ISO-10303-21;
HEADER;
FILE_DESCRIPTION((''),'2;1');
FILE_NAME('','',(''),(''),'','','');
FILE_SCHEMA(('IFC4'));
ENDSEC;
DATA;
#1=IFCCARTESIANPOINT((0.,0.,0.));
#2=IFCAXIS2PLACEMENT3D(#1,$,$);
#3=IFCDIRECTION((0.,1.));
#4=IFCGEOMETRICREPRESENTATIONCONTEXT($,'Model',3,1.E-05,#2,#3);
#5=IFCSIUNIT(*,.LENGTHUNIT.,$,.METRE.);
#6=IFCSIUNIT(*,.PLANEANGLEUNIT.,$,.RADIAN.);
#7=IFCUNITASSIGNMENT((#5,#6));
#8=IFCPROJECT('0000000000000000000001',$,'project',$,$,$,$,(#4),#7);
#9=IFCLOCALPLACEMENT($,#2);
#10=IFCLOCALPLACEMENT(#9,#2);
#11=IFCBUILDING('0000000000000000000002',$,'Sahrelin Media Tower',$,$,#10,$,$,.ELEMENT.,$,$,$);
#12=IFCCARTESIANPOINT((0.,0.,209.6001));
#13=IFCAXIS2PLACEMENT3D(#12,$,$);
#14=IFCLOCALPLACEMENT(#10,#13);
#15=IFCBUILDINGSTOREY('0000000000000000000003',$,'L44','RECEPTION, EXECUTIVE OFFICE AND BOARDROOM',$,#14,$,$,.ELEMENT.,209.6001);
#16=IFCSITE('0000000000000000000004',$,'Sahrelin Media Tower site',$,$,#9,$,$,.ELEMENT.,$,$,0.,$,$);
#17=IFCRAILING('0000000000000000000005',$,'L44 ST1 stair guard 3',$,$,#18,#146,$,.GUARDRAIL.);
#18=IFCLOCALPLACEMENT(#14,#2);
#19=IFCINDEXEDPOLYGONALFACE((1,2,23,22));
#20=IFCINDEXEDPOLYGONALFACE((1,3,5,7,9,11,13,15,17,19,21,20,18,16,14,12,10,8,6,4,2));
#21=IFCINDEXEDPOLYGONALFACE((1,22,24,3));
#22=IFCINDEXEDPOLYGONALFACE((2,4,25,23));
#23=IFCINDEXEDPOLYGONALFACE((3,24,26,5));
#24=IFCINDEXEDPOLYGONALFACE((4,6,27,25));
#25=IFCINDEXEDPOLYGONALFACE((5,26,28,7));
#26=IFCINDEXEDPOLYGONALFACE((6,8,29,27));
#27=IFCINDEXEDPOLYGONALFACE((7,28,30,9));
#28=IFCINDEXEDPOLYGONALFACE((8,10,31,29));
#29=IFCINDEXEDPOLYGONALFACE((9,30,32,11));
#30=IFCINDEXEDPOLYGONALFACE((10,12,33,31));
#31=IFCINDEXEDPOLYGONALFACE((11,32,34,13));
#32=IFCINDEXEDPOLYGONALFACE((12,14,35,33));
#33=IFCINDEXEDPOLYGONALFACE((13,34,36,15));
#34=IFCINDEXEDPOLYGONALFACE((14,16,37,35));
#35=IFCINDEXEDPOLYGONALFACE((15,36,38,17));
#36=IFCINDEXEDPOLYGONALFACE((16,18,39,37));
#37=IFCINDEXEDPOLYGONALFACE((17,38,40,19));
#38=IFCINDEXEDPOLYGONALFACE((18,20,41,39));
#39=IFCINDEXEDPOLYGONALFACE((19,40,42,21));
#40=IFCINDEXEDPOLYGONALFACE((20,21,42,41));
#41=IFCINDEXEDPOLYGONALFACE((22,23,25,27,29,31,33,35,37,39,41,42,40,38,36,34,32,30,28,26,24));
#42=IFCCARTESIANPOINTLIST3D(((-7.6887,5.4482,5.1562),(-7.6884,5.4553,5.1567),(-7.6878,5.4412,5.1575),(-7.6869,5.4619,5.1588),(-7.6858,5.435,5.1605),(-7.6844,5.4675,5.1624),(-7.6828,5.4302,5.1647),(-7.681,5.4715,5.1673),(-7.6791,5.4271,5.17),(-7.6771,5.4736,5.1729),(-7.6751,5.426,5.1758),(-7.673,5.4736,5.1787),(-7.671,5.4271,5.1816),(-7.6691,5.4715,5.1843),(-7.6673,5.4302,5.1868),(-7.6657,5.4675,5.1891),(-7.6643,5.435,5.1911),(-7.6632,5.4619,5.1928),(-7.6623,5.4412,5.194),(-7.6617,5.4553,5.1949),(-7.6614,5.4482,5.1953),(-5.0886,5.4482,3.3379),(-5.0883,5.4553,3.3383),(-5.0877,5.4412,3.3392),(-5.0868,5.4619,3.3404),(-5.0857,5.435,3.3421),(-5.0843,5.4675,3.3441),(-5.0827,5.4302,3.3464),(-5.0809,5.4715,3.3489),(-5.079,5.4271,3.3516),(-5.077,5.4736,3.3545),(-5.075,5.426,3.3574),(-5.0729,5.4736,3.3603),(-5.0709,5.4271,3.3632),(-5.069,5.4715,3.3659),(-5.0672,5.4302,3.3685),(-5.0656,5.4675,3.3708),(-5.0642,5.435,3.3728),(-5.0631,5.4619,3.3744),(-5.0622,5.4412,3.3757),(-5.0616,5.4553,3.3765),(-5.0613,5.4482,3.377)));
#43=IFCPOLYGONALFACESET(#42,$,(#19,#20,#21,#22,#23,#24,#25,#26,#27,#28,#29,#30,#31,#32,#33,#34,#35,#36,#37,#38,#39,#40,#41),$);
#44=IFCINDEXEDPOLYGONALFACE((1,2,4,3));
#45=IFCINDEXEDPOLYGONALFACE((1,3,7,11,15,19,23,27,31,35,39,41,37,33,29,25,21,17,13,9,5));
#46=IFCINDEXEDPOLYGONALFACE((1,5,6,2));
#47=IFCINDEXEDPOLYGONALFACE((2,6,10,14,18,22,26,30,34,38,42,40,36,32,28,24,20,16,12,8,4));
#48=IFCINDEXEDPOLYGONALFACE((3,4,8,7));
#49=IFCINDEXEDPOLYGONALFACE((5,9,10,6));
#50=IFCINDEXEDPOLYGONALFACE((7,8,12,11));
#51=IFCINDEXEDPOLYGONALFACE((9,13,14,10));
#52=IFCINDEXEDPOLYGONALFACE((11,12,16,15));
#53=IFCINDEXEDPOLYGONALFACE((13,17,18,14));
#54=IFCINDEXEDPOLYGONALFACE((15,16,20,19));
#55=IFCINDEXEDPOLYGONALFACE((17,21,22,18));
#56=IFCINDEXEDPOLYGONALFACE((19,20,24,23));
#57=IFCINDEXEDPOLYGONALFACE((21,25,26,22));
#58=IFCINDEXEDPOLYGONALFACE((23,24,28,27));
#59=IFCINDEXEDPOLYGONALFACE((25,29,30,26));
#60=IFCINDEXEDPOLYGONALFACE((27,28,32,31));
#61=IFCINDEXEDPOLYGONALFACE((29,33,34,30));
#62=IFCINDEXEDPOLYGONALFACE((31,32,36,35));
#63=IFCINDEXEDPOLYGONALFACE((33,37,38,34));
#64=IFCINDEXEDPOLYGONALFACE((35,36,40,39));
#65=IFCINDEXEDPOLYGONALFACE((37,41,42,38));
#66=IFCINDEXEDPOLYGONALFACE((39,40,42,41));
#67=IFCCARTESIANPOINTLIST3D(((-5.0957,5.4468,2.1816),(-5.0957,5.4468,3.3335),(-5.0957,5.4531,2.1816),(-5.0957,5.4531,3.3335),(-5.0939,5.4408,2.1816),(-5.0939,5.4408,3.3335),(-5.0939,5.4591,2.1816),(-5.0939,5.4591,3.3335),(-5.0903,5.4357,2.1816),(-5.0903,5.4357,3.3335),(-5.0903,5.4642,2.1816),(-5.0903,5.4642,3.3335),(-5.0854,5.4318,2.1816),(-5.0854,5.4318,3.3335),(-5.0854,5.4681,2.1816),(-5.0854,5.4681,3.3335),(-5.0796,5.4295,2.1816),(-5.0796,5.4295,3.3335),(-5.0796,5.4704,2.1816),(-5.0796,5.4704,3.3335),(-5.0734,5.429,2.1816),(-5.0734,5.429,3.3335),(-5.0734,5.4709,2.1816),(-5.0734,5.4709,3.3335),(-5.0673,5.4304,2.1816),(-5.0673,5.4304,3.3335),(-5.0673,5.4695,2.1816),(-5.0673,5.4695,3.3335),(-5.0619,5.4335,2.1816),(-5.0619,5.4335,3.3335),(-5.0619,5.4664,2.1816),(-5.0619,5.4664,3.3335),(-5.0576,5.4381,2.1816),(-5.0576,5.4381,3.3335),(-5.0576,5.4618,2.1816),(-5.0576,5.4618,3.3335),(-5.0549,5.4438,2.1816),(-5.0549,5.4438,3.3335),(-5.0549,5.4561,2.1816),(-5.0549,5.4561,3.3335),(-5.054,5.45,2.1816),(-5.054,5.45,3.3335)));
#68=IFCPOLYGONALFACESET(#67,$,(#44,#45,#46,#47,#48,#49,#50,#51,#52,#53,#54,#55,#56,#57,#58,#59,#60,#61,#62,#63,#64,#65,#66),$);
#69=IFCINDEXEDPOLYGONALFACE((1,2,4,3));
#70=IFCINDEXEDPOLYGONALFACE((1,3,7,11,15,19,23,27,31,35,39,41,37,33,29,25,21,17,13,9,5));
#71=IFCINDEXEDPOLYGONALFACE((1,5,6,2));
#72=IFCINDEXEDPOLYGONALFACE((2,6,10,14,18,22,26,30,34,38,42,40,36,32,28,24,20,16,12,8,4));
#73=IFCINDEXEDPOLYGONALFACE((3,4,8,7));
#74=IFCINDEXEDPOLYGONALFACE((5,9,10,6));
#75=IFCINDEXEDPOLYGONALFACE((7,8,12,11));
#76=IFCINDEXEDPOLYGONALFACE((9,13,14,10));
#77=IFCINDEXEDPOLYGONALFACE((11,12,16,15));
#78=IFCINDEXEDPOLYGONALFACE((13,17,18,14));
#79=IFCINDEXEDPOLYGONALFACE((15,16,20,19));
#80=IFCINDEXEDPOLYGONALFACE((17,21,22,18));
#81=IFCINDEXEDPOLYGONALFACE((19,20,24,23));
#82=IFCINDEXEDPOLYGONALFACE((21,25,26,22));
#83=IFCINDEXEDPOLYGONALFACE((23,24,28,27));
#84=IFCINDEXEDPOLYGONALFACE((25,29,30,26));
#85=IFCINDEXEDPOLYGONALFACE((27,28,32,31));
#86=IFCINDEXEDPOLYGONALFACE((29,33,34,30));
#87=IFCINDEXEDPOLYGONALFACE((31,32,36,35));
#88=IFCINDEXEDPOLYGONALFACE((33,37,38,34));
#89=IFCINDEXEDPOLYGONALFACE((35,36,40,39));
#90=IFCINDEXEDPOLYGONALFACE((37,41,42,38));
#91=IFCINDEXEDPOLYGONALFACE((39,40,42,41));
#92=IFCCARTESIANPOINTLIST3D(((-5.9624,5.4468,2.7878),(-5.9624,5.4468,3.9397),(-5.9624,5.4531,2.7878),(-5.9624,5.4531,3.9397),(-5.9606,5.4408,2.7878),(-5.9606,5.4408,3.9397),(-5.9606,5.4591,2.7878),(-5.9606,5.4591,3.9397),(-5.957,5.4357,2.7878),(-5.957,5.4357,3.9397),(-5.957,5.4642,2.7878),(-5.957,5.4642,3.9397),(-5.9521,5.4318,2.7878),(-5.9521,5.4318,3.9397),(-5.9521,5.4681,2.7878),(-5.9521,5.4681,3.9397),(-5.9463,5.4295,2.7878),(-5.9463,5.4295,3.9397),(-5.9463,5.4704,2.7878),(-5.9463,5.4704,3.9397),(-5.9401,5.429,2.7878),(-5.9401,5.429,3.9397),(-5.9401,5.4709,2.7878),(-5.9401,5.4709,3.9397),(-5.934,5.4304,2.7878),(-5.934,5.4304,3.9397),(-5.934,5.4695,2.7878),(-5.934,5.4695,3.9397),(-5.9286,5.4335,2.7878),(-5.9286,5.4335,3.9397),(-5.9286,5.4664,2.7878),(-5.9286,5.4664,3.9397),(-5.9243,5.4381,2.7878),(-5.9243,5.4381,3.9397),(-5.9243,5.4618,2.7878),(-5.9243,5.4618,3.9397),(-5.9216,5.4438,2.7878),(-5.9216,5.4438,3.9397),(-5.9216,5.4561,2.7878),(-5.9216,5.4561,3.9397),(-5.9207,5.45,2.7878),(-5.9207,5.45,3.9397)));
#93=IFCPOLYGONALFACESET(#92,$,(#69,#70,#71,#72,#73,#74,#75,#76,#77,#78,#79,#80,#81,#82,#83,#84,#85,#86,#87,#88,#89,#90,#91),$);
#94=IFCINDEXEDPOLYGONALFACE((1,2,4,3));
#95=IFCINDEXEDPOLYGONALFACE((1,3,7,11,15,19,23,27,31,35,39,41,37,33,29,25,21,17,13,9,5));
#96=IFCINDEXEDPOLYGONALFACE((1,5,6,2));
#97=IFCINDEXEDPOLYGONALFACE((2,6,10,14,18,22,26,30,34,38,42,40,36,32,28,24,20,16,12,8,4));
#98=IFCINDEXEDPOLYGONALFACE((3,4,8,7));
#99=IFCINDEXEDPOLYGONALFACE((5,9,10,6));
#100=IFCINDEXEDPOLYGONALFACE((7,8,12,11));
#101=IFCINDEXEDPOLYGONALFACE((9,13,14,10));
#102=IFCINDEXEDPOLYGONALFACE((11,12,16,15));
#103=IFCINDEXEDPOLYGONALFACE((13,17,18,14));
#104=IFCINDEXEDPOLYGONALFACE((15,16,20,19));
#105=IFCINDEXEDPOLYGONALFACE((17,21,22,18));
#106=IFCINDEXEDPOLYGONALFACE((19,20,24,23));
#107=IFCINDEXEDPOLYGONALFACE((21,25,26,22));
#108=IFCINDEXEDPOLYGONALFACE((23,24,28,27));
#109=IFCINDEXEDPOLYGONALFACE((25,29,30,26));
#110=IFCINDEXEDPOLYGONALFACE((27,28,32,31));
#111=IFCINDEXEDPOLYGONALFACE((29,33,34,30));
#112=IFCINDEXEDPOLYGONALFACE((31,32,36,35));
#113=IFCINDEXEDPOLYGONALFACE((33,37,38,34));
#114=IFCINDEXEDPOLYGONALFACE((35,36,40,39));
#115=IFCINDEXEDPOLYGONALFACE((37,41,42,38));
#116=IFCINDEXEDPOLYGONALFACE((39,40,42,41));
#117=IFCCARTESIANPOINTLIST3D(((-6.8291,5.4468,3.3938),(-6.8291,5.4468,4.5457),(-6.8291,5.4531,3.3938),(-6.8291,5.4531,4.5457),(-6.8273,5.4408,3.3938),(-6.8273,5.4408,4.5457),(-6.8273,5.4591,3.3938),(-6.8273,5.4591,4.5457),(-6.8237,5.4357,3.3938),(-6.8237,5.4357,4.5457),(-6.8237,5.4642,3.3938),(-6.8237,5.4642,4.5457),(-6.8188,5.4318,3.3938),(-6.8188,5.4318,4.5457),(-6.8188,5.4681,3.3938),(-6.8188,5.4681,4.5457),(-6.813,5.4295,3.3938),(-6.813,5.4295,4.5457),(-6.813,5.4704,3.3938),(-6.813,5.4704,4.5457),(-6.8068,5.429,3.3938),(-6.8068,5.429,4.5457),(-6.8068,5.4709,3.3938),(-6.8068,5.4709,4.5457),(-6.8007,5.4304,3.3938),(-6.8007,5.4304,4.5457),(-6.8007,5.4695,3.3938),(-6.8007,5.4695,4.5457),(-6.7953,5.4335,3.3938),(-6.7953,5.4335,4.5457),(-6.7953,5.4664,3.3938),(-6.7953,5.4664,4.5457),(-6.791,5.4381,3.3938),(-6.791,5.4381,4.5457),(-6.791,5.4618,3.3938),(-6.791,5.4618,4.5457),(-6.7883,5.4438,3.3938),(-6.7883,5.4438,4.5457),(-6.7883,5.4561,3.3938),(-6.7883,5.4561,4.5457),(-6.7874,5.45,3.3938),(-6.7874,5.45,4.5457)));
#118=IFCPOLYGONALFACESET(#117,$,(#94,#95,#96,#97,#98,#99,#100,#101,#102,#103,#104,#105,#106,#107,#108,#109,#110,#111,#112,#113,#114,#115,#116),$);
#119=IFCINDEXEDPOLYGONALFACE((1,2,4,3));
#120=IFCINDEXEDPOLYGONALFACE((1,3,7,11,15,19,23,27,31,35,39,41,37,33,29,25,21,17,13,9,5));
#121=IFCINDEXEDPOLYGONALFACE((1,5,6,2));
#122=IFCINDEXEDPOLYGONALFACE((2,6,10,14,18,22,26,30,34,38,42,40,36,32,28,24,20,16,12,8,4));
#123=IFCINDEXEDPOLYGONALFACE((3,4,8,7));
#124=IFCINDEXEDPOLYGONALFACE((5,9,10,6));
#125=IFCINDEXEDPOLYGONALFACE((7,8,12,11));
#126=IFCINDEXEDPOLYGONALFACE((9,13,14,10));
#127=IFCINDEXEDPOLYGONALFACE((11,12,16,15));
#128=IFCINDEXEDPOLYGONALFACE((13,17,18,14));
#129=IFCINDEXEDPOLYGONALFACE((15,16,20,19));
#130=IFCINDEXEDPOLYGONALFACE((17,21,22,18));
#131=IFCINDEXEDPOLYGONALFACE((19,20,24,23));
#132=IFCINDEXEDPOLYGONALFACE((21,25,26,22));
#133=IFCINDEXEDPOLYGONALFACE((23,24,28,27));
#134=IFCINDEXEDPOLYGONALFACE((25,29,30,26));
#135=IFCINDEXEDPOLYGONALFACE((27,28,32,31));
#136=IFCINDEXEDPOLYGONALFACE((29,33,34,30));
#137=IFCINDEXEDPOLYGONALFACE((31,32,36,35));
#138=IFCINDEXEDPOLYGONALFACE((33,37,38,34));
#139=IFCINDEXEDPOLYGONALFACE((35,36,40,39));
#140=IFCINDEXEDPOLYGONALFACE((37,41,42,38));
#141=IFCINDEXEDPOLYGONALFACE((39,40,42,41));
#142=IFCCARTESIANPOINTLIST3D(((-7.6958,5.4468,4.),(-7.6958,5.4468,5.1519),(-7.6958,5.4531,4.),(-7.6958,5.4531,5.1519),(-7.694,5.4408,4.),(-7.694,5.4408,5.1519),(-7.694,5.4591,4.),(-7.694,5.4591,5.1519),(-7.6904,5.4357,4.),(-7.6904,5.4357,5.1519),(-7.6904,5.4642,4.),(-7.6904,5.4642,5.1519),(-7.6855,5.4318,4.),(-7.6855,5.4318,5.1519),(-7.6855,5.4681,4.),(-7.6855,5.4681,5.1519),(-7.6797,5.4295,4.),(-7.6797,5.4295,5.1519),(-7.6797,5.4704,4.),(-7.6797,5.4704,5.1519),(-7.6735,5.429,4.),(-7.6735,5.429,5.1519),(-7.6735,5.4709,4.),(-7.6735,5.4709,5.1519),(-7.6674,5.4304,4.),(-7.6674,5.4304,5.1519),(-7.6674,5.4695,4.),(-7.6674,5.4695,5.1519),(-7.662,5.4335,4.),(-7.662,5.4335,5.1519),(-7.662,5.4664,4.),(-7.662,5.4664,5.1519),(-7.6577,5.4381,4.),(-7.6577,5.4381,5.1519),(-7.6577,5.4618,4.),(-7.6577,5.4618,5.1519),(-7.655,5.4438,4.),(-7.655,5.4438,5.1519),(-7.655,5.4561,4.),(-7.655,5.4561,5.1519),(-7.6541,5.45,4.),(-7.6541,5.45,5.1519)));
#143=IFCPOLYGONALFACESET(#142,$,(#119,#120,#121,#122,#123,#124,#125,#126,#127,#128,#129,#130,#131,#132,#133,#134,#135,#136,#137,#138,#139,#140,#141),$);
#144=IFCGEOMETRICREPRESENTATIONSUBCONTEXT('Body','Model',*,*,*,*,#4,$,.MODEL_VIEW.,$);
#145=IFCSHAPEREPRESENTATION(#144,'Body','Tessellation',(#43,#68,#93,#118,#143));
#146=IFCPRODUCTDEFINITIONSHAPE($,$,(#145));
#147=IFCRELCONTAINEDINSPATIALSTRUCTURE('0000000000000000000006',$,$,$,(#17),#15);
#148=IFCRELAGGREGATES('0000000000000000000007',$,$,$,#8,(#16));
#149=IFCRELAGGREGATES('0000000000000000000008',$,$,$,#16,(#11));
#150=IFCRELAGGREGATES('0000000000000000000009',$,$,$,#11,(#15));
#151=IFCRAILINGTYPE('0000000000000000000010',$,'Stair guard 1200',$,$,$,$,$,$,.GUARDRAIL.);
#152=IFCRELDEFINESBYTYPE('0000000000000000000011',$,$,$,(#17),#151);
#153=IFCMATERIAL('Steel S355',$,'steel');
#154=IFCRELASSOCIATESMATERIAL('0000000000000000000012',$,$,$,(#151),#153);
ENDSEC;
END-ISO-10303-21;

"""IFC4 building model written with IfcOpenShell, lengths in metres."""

from ifc_helpers import new_model, si_unit, direction, frame, origin, origin_2d, place, context, subcontext, project, spatial, circle, extrude, material, type_object, element, save


model = new_model("IFC4")

# Units and contexts
model_context = context("Model", 3, precision=1e-05, world=origin(), true_north=direction((0.0, 1.0)))
body_context = subcontext(model_context, "Body", "Model", "MODEL_VIEW")
ifc_project = project(units=[si_unit("LENGTHUNIT", "METRE"), si_unit("PLANEANGLEUNIT", "RADIAN")], contexts=[model_context])

# Site, building, storey
site_placement = place(None, origin())
site = spatial("IfcSite", under=ifc_project, at=site_placement, Name="Sahrelin Media Tower site", CompositionType="ELEMENT", RefElevation=0.0)
building_placement = place(site_placement, origin())
building = spatial("IfcBuilding", under=site, at=building_placement, Name="Sahrelin Media Tower", CompositionType="ELEMENT")
storey_placement = place(building_placement, frame((0.0, 0.0, 209.6001)))
storey = spatial("IfcBuildingStorey", under=building, at=storey_placement, Name="L44", Description="RECEPTION, EXECUTIVE OFFICE AND BOARDROOM", CompositionType="ELEMENT", Elevation=209.6001)

# Shared definitions
ifc_material_1 = material(Name="Steel S355", Category="steel")

# Railing
railing_type_1 = type_object("IfcRailingType", Name="Stair guard 1200", PredefinedType="GUARDRAIL", material=ifc_material_1)
railing_1_placement = place(storey_placement, frame((-5.075, 5.45, 2.1816)))
element("IfcRailing", 1, at=railing_1_placement, inside=storey, type_object=railing_type_1, Name="L44 ST1 stair guard 3", PredefinedType="GUARDRAIL", context=body_context, shape_type="SweptSolid", body=[
    extrude(circle(Radius=0.0239, at=origin_2d()), frame((0.0, 0.0, 1.1758), z_axis=(-0.819485, 0.0, 0.573101), x_axis=(0.0, -1.0, 0.0)), (0.0, 0.0, 1.0), 3.1729),
    extrude(circle(Radius=0.021, at=origin_2d()), origin(), (0.0, 0.0, 1.0), 1.1519),
    extrude(circle(Radius=0.021, at=origin_2d()), frame((-0.8667, 0.0, 0.6062)), (0.0, 0.0, 1.0), 1.1519),
    extrude(circle(Radius=0.021, at=origin_2d()), frame((-1.7334, 0.0, 1.2122)), (0.0, 0.0, 1.0), 1.1519),
    extrude(circle(Radius=0.021, at=origin_2d()), frame((-2.6001, 0.0, 1.8184)), (0.0, 0.0, 1.0), 1.1519),
])

save(model, "model.ifc")
